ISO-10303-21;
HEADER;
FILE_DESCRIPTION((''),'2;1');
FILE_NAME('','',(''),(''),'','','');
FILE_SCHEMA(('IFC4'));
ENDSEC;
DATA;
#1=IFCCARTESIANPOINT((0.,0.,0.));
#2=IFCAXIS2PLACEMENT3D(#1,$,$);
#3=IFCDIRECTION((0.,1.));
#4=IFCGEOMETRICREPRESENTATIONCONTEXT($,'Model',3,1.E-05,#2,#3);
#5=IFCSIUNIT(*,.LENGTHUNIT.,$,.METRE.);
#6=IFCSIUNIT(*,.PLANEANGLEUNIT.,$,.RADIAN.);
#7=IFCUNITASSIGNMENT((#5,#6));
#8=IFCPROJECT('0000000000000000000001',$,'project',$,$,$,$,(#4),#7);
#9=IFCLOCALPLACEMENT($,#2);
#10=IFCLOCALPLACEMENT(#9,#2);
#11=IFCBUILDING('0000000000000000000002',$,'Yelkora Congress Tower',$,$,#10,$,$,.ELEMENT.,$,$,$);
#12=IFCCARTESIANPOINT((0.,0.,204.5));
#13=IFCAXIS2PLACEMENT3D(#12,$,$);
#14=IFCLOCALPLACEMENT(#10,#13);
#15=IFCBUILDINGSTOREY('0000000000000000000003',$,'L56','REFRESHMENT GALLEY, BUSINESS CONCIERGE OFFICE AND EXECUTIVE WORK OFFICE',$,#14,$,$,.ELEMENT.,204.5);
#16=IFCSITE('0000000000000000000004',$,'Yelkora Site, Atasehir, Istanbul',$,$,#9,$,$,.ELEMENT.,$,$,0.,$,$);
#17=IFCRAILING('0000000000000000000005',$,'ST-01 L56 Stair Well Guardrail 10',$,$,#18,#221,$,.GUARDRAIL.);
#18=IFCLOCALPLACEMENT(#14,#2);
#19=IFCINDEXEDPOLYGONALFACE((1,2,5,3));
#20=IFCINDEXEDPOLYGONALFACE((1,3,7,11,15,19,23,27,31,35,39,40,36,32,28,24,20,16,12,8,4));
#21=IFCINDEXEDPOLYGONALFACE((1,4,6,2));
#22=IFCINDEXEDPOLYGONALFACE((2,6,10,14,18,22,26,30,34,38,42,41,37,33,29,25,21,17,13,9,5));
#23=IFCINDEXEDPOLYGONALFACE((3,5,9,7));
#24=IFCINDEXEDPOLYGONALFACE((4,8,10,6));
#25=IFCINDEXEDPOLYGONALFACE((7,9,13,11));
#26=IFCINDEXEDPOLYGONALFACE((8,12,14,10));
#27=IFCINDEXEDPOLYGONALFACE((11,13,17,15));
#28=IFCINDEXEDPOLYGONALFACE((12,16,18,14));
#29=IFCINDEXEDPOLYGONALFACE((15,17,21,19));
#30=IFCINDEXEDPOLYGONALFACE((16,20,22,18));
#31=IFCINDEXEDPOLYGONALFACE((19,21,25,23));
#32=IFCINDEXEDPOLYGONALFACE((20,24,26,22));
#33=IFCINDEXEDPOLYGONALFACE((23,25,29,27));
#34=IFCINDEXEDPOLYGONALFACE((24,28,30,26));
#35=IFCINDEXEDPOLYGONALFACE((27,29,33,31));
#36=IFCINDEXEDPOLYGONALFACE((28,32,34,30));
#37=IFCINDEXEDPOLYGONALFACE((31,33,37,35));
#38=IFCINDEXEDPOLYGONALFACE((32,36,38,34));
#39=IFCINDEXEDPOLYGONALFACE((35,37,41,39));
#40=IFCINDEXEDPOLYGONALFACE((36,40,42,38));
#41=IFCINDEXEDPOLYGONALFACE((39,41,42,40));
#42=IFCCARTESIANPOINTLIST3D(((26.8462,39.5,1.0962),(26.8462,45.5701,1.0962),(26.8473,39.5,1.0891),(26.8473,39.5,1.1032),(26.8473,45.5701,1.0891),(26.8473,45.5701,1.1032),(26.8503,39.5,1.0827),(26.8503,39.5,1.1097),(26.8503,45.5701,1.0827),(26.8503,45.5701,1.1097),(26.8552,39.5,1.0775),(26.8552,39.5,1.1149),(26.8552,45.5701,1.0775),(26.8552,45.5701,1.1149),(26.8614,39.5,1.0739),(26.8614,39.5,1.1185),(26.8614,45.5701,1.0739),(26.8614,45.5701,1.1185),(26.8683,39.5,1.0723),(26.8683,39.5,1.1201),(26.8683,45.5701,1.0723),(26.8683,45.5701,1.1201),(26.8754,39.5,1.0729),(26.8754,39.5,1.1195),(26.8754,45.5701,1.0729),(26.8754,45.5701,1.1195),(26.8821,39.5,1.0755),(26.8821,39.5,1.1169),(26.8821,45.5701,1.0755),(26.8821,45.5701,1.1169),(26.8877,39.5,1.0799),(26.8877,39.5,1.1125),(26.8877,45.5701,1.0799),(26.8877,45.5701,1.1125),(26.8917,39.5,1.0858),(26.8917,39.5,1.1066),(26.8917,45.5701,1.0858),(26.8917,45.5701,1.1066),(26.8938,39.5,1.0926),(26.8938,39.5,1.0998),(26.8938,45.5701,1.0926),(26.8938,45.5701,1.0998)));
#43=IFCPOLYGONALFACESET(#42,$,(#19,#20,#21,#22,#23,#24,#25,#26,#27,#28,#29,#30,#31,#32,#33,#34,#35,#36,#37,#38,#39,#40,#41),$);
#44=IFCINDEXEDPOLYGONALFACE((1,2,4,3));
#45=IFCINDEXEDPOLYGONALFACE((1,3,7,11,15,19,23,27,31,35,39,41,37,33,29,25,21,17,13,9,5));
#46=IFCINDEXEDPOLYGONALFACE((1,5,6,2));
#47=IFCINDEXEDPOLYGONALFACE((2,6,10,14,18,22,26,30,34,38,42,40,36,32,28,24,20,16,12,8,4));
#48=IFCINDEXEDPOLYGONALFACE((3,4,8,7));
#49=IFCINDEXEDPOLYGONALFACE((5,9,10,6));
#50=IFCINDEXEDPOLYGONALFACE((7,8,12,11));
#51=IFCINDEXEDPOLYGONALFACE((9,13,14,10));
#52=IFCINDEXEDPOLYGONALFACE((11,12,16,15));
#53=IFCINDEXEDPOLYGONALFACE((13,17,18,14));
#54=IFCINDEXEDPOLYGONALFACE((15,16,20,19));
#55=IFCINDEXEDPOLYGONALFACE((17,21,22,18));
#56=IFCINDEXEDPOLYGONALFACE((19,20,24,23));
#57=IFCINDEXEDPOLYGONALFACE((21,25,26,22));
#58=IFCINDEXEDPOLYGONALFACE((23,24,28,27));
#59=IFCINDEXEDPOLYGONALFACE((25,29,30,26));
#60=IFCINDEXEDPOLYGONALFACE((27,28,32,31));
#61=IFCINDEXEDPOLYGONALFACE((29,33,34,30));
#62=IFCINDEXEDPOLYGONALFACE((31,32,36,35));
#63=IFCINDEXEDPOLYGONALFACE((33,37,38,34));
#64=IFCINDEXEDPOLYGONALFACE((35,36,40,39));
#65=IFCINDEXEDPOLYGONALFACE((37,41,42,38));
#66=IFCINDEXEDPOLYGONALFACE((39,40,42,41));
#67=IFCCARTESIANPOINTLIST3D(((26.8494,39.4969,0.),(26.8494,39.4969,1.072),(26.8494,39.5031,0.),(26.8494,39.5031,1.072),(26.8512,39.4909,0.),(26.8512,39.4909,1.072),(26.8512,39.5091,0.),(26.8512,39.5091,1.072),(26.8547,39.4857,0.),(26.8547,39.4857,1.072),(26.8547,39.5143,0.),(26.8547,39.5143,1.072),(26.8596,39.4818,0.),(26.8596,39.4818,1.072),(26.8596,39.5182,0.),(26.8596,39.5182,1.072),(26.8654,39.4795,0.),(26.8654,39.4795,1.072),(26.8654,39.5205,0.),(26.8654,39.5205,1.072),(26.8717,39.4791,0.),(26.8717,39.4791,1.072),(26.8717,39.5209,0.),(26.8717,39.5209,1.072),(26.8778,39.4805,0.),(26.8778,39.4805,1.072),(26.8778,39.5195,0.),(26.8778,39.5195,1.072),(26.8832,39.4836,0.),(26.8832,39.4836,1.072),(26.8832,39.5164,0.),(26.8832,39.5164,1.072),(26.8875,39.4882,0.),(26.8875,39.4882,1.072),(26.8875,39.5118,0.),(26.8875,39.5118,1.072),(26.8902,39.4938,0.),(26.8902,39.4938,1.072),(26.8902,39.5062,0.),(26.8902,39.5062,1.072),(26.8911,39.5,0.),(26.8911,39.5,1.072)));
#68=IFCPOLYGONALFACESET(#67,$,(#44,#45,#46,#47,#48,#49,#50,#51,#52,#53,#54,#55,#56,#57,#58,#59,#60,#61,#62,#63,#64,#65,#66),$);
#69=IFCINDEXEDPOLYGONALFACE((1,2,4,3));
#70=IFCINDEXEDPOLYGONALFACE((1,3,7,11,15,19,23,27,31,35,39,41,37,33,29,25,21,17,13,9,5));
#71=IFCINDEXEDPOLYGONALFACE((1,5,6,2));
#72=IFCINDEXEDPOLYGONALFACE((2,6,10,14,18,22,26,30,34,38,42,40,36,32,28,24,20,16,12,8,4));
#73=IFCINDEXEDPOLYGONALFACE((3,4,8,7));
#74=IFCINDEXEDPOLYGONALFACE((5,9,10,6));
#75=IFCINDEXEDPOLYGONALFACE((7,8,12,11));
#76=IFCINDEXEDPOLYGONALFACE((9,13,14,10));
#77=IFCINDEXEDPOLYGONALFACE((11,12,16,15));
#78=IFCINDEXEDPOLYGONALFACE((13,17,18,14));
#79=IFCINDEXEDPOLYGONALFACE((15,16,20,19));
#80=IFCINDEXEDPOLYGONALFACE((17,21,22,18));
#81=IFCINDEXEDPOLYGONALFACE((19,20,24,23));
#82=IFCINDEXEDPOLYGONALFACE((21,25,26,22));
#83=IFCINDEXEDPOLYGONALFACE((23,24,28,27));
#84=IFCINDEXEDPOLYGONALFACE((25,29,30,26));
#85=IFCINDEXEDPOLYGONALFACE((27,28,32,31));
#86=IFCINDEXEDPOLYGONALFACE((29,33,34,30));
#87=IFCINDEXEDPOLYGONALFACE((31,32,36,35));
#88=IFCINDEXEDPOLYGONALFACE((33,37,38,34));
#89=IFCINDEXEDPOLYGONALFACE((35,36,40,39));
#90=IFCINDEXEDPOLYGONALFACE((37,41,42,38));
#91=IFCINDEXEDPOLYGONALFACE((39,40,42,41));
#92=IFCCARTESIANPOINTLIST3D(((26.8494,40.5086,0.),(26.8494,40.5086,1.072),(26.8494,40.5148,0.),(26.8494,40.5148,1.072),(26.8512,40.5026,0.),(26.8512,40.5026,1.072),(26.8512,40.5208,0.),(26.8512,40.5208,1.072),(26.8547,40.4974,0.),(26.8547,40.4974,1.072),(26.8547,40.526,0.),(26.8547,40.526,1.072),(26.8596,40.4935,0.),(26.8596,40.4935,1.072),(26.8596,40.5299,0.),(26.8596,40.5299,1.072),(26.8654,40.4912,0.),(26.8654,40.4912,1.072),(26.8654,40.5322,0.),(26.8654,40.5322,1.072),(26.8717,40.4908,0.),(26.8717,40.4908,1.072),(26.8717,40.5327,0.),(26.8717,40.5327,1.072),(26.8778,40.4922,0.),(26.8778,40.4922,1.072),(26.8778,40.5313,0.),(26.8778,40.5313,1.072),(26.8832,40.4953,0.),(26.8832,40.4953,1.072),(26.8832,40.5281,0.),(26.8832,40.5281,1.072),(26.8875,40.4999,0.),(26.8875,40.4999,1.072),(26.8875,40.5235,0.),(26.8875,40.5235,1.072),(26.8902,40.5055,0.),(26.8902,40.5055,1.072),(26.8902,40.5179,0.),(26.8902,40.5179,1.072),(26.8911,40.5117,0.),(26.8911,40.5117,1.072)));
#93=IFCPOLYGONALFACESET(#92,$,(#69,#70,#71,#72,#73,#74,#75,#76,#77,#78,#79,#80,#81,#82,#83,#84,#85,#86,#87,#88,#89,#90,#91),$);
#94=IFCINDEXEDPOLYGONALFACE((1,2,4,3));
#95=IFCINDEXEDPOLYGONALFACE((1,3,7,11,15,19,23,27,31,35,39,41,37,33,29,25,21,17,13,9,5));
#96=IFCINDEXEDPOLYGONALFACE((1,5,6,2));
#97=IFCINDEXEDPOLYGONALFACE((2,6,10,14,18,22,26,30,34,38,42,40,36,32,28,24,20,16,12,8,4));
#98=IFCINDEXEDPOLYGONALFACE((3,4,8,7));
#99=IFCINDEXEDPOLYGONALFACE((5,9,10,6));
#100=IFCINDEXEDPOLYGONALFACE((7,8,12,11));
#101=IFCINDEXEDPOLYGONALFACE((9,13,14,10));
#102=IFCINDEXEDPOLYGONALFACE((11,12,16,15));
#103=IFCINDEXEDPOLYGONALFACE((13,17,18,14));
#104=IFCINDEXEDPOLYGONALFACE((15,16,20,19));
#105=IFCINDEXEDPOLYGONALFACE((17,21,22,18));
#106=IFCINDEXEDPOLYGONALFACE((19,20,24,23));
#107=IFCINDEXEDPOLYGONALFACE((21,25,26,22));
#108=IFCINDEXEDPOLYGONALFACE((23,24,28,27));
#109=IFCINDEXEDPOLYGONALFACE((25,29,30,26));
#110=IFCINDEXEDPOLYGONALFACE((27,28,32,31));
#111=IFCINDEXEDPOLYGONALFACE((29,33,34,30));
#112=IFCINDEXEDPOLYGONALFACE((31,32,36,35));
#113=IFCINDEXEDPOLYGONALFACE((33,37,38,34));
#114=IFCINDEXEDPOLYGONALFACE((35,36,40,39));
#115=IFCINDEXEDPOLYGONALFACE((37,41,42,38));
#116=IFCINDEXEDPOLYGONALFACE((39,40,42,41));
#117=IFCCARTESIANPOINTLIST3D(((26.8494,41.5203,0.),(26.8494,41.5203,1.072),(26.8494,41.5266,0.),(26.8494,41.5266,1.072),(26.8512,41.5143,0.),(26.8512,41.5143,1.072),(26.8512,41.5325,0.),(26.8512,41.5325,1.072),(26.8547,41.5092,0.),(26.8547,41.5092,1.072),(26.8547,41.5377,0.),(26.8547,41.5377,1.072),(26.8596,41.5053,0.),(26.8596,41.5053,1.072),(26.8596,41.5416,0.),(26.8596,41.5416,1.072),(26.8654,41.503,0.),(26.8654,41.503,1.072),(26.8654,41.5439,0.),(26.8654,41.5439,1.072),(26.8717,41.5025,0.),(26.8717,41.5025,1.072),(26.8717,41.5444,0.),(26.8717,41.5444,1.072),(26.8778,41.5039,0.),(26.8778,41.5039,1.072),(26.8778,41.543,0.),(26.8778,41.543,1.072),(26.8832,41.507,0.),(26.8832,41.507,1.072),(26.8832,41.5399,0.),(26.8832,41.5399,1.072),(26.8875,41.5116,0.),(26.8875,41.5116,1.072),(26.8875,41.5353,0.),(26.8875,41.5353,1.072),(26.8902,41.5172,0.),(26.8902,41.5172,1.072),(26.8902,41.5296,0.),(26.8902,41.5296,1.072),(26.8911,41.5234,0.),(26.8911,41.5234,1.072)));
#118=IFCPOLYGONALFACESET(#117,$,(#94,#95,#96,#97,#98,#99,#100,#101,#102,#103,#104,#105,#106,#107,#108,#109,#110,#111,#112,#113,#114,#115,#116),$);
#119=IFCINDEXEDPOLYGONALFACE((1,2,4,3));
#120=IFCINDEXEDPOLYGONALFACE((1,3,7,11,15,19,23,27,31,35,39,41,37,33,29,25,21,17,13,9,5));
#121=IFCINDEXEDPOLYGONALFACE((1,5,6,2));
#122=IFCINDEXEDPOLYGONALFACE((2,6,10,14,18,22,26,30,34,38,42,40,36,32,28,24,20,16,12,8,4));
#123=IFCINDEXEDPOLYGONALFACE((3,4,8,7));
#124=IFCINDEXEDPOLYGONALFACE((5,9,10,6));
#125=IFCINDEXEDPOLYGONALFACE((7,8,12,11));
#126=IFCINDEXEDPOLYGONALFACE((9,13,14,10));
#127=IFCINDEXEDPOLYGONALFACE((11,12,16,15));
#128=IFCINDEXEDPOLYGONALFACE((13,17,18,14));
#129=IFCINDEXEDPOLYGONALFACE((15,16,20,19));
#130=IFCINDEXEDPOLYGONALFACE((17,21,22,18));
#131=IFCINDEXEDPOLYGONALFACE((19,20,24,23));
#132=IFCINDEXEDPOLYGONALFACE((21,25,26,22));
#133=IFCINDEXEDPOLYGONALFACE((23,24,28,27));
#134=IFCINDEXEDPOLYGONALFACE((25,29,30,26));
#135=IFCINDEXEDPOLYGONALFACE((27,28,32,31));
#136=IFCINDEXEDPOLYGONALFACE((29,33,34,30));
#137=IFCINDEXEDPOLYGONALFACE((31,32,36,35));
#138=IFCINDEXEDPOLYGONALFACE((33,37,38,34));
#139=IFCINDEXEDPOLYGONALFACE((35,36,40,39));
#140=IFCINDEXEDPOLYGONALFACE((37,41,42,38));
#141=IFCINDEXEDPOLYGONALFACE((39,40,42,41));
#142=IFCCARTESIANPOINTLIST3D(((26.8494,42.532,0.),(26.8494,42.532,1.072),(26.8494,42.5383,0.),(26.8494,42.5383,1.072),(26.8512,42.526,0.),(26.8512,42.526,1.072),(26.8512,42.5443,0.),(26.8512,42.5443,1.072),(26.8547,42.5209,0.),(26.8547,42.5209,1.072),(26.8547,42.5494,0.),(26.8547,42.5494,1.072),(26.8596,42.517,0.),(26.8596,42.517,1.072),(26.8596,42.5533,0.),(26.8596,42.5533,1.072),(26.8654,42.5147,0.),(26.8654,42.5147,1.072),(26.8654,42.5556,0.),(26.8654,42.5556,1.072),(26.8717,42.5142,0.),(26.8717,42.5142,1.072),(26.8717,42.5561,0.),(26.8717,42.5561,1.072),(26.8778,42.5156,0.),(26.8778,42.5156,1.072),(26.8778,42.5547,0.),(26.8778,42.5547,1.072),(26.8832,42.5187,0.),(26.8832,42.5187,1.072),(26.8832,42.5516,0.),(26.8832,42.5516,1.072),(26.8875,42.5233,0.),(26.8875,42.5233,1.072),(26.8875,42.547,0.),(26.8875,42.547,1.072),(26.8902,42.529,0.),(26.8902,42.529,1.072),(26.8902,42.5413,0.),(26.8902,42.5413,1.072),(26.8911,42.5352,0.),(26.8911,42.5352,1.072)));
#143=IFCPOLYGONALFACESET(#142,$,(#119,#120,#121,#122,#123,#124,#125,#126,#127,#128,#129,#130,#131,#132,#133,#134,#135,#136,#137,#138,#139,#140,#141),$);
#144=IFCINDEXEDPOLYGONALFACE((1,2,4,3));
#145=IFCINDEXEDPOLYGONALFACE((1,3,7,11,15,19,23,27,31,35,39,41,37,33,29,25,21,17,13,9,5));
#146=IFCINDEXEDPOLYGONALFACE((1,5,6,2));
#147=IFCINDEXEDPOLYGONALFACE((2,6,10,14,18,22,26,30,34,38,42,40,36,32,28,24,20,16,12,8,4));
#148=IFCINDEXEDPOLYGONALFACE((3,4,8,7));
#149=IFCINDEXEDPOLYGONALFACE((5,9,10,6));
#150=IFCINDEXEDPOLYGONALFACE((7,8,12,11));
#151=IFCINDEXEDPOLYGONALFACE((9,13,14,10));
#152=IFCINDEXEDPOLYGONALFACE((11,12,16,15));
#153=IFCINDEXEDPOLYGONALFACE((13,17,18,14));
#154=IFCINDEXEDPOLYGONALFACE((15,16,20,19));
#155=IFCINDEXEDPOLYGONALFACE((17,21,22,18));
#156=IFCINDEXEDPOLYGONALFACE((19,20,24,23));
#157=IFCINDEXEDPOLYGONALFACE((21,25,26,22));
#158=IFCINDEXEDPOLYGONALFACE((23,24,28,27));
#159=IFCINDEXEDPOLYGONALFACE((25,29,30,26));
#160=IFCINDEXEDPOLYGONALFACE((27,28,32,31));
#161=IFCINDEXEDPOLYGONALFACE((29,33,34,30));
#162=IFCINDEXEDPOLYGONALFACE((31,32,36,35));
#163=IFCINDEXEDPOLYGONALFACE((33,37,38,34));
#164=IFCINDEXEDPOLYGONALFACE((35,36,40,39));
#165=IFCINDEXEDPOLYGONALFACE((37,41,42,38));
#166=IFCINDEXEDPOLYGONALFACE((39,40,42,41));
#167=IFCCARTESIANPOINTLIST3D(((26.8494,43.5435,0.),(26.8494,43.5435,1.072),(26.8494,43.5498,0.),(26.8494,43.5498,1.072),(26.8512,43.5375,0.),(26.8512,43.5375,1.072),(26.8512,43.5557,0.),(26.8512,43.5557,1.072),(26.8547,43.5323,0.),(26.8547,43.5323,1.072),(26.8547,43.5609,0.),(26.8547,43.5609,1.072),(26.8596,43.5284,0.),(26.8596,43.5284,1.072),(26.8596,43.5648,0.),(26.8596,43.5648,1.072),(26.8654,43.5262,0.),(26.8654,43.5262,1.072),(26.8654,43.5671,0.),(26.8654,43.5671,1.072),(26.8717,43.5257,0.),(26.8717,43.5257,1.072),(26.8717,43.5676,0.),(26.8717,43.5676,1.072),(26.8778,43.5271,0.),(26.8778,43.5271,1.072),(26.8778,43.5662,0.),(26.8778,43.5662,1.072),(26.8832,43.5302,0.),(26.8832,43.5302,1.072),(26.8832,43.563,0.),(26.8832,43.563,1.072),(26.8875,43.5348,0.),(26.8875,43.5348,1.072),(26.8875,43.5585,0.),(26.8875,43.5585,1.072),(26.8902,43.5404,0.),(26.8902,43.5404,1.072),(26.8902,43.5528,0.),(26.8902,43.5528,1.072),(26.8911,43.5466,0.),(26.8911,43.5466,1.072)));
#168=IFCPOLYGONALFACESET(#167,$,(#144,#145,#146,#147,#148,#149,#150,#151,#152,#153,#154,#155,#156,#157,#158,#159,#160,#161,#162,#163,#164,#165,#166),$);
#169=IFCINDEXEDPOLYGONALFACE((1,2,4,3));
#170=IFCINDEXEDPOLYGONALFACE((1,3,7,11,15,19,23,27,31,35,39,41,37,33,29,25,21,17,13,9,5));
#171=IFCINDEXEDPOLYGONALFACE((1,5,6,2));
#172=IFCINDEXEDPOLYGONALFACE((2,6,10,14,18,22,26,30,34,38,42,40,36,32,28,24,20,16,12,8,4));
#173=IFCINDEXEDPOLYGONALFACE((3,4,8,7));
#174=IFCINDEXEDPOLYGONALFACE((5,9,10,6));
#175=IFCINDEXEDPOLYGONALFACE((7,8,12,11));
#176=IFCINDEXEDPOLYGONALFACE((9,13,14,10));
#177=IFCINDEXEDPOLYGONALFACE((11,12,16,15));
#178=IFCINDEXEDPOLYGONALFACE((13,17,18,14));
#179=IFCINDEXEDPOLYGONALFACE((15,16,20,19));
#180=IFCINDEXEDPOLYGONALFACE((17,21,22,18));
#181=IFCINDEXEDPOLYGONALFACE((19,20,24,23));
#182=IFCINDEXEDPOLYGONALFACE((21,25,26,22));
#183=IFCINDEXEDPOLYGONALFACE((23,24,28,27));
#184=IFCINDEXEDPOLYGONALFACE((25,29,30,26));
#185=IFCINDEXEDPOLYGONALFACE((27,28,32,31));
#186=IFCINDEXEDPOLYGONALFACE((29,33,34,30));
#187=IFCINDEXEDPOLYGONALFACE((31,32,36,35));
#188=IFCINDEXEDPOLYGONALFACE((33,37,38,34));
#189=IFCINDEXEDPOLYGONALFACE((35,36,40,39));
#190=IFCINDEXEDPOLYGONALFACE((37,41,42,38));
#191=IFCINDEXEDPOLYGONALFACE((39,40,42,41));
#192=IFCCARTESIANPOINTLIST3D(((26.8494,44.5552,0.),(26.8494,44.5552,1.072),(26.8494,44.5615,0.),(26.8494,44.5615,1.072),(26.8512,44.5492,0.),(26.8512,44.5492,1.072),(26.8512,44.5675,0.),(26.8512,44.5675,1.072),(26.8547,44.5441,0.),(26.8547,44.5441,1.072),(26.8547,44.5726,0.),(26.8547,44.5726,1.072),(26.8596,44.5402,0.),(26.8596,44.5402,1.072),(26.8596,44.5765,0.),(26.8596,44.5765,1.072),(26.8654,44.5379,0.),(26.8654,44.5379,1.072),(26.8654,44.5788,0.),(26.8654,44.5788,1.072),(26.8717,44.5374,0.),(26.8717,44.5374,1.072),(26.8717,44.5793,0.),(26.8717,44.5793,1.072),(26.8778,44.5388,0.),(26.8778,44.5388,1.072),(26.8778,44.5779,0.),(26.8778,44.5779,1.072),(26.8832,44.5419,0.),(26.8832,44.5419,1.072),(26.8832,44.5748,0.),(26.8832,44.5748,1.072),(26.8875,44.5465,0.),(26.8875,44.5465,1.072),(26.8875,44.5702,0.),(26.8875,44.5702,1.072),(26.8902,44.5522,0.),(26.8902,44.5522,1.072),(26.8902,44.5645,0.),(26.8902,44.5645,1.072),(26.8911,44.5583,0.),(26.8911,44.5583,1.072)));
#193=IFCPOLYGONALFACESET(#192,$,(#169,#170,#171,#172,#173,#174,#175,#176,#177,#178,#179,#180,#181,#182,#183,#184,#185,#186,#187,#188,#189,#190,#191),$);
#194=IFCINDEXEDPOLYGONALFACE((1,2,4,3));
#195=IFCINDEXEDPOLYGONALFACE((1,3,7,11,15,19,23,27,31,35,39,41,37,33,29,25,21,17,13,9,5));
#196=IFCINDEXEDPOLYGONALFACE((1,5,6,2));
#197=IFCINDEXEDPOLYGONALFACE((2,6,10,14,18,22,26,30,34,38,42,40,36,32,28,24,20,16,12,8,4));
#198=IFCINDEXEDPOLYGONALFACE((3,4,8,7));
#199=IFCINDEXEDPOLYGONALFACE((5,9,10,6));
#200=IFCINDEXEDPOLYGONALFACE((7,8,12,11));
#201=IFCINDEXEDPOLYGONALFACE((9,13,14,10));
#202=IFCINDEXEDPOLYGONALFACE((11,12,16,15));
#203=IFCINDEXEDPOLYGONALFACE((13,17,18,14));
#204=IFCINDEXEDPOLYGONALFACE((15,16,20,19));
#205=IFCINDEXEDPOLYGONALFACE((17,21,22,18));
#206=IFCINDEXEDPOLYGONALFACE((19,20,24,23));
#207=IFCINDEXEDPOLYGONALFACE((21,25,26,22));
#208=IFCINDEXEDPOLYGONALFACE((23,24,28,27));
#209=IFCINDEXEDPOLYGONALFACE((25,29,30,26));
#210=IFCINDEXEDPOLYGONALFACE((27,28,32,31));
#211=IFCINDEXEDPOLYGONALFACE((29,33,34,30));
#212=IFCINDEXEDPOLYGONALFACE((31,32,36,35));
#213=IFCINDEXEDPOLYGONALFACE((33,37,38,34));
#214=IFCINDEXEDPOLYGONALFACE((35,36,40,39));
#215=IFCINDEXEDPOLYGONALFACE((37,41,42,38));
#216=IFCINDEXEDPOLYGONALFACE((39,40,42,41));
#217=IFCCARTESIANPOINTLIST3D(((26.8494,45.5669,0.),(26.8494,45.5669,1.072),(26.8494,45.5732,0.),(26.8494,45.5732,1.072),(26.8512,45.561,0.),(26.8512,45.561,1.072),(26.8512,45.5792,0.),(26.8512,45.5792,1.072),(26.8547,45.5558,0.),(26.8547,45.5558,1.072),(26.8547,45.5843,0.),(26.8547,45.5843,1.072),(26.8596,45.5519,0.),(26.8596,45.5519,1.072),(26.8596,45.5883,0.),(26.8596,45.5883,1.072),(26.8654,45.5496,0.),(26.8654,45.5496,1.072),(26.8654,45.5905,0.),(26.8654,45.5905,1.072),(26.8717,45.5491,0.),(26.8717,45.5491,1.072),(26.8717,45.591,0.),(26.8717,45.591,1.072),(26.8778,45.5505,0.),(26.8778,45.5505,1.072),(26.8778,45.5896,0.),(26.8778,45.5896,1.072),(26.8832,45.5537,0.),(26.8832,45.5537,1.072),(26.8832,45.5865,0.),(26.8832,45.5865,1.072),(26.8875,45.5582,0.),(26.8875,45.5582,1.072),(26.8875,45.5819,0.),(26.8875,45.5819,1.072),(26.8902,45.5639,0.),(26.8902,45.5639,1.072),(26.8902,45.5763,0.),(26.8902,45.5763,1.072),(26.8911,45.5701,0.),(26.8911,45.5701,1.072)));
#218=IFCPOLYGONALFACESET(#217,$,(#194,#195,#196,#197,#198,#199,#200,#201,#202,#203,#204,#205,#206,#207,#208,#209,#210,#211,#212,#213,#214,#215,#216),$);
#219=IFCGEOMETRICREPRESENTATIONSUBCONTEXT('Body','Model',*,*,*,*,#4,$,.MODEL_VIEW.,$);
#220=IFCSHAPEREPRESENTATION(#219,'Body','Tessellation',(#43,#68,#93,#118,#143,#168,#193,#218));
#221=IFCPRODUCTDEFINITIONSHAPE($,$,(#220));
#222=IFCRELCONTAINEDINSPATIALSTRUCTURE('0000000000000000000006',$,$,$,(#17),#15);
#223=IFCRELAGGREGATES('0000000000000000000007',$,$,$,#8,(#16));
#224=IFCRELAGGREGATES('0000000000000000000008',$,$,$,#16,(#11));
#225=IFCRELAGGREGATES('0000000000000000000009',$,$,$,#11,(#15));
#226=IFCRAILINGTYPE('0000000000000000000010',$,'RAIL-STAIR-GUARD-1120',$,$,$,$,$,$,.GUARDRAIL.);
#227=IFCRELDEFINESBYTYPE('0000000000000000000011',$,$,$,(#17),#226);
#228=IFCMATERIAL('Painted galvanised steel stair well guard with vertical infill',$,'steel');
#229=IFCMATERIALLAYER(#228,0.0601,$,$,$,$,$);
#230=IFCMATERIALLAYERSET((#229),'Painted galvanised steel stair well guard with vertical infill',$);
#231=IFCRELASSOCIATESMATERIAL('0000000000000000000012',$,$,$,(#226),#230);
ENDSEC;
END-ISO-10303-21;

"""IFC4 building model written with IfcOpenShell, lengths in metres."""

from ifc_helpers import new_model, si_unit, direction, frame, origin, origin_2d, place, context, subcontext, project, spatial, circle, extrude, material, layer, layer_set, type_object, element, save


model = new_model("IFC4")

# Units and contexts
model_context = context("Model", 3, precision=1e-05, world=origin(), true_north=direction((0.0, 1.0)))
body_context = subcontext(model_context, "Body", "Model", "MODEL_VIEW")
ifc_project = project(units=[si_unit("LENGTHUNIT", "METRE"), si_unit("PLANEANGLEUNIT", "RADIAN")], contexts=[model_context])

# Site, building, storey
site_placement = place(None, origin())
site = spatial("IfcSite", under=ifc_project, at=site_placement, Name="Yelkora Site, Atasehir, Istanbul", CompositionType="ELEMENT", RefElevation=0.0)
building_placement = place(site_placement, origin())
building = spatial("IfcBuilding", under=site, at=building_placement, Name="Yelkora Congress Tower", CompositionType="ELEMENT")
storey_placement = place(building_placement, frame((0.0, 0.0, 204.5)))
storey = spatial("IfcBuildingStorey", under=building, at=storey_placement, Name="L56", Description="REFRESHMENT GALLEY, BUSINESS CONCIERGE OFFICE AND EXECUTIVE WORK OFFICE", CompositionType="ELEMENT", Elevation=204.5)

# Railing
ifc_material_1 = material(Name="Painted galvanised steel stair well guard with vertical infill", Category="steel")
ifc_layer_1 = layer(ifc_material_1, 0.0601)
ifc_layer_set_1 = layer_set([ifc_layer_1], Name="Painted galvanised steel stair well guard with vertical infill")
railing_type_1 = type_object("IfcRailingType", Name="RAIL-STAIR-GUARD-1120", PredefinedType="GUARDRAIL", material=ifc_layer_set_1)
railing_1_placement = place(storey_placement, frame((26.8701, 39.5, 0.0)))
element("IfcRailing", 1, at=railing_1_placement, inside=storey, type_object=railing_type_1, Name="ST-01 L56 Stair Well Guardrail 10", PredefinedType="GUARDRAIL", context=body_context, shape_type="SweptSolid", body=[
    extrude(circle(Radius=0.0239, at=origin_2d()), frame((0.0, 0.0, 1.0962), z_axis=(0.0, 1.0, 0.0), x_axis=(-1.0, 0.0, 0.0)), (0.0, 0.0, 1.0), 6.0701),
    extrude(circle(Radius=0.021, at=origin_2d()), origin(), (0.0, 0.0, 1.0), 1.072),
    extrude(circle(Radius=0.021, at=origin_2d()), frame((0.0, 1.0117, 0.0)), (0.0, 0.0, 1.0), 1.072),
    extrude(circle(Radius=0.021, at=origin_2d()), frame((0.0, 2.0234, 0.0)), (0.0, 0.0, 1.0), 1.072),
    extrude(circle(Radius=0.021, at=origin_2d()), frame((0.0, 3.0352, 0.0)), (0.0, 0.0, 1.0), 1.072),
    extrude(circle(Radius=0.021, at=origin_2d()), frame((0.0, 4.0466, 0.0)), (0.0, 0.0, 1.0), 1.072),
    extrude(circle(Radius=0.021, at=origin_2d()), frame((0.0, 5.0583, 0.0)), (0.0, 0.0, 1.0), 1.072),
    extrude(circle(Radius=0.021, at=origin_2d()), frame((0.0, 6.0701, 0.0)), (0.0, 0.0, 1.0), 1.072),
])

save(model, "model.ifc")
